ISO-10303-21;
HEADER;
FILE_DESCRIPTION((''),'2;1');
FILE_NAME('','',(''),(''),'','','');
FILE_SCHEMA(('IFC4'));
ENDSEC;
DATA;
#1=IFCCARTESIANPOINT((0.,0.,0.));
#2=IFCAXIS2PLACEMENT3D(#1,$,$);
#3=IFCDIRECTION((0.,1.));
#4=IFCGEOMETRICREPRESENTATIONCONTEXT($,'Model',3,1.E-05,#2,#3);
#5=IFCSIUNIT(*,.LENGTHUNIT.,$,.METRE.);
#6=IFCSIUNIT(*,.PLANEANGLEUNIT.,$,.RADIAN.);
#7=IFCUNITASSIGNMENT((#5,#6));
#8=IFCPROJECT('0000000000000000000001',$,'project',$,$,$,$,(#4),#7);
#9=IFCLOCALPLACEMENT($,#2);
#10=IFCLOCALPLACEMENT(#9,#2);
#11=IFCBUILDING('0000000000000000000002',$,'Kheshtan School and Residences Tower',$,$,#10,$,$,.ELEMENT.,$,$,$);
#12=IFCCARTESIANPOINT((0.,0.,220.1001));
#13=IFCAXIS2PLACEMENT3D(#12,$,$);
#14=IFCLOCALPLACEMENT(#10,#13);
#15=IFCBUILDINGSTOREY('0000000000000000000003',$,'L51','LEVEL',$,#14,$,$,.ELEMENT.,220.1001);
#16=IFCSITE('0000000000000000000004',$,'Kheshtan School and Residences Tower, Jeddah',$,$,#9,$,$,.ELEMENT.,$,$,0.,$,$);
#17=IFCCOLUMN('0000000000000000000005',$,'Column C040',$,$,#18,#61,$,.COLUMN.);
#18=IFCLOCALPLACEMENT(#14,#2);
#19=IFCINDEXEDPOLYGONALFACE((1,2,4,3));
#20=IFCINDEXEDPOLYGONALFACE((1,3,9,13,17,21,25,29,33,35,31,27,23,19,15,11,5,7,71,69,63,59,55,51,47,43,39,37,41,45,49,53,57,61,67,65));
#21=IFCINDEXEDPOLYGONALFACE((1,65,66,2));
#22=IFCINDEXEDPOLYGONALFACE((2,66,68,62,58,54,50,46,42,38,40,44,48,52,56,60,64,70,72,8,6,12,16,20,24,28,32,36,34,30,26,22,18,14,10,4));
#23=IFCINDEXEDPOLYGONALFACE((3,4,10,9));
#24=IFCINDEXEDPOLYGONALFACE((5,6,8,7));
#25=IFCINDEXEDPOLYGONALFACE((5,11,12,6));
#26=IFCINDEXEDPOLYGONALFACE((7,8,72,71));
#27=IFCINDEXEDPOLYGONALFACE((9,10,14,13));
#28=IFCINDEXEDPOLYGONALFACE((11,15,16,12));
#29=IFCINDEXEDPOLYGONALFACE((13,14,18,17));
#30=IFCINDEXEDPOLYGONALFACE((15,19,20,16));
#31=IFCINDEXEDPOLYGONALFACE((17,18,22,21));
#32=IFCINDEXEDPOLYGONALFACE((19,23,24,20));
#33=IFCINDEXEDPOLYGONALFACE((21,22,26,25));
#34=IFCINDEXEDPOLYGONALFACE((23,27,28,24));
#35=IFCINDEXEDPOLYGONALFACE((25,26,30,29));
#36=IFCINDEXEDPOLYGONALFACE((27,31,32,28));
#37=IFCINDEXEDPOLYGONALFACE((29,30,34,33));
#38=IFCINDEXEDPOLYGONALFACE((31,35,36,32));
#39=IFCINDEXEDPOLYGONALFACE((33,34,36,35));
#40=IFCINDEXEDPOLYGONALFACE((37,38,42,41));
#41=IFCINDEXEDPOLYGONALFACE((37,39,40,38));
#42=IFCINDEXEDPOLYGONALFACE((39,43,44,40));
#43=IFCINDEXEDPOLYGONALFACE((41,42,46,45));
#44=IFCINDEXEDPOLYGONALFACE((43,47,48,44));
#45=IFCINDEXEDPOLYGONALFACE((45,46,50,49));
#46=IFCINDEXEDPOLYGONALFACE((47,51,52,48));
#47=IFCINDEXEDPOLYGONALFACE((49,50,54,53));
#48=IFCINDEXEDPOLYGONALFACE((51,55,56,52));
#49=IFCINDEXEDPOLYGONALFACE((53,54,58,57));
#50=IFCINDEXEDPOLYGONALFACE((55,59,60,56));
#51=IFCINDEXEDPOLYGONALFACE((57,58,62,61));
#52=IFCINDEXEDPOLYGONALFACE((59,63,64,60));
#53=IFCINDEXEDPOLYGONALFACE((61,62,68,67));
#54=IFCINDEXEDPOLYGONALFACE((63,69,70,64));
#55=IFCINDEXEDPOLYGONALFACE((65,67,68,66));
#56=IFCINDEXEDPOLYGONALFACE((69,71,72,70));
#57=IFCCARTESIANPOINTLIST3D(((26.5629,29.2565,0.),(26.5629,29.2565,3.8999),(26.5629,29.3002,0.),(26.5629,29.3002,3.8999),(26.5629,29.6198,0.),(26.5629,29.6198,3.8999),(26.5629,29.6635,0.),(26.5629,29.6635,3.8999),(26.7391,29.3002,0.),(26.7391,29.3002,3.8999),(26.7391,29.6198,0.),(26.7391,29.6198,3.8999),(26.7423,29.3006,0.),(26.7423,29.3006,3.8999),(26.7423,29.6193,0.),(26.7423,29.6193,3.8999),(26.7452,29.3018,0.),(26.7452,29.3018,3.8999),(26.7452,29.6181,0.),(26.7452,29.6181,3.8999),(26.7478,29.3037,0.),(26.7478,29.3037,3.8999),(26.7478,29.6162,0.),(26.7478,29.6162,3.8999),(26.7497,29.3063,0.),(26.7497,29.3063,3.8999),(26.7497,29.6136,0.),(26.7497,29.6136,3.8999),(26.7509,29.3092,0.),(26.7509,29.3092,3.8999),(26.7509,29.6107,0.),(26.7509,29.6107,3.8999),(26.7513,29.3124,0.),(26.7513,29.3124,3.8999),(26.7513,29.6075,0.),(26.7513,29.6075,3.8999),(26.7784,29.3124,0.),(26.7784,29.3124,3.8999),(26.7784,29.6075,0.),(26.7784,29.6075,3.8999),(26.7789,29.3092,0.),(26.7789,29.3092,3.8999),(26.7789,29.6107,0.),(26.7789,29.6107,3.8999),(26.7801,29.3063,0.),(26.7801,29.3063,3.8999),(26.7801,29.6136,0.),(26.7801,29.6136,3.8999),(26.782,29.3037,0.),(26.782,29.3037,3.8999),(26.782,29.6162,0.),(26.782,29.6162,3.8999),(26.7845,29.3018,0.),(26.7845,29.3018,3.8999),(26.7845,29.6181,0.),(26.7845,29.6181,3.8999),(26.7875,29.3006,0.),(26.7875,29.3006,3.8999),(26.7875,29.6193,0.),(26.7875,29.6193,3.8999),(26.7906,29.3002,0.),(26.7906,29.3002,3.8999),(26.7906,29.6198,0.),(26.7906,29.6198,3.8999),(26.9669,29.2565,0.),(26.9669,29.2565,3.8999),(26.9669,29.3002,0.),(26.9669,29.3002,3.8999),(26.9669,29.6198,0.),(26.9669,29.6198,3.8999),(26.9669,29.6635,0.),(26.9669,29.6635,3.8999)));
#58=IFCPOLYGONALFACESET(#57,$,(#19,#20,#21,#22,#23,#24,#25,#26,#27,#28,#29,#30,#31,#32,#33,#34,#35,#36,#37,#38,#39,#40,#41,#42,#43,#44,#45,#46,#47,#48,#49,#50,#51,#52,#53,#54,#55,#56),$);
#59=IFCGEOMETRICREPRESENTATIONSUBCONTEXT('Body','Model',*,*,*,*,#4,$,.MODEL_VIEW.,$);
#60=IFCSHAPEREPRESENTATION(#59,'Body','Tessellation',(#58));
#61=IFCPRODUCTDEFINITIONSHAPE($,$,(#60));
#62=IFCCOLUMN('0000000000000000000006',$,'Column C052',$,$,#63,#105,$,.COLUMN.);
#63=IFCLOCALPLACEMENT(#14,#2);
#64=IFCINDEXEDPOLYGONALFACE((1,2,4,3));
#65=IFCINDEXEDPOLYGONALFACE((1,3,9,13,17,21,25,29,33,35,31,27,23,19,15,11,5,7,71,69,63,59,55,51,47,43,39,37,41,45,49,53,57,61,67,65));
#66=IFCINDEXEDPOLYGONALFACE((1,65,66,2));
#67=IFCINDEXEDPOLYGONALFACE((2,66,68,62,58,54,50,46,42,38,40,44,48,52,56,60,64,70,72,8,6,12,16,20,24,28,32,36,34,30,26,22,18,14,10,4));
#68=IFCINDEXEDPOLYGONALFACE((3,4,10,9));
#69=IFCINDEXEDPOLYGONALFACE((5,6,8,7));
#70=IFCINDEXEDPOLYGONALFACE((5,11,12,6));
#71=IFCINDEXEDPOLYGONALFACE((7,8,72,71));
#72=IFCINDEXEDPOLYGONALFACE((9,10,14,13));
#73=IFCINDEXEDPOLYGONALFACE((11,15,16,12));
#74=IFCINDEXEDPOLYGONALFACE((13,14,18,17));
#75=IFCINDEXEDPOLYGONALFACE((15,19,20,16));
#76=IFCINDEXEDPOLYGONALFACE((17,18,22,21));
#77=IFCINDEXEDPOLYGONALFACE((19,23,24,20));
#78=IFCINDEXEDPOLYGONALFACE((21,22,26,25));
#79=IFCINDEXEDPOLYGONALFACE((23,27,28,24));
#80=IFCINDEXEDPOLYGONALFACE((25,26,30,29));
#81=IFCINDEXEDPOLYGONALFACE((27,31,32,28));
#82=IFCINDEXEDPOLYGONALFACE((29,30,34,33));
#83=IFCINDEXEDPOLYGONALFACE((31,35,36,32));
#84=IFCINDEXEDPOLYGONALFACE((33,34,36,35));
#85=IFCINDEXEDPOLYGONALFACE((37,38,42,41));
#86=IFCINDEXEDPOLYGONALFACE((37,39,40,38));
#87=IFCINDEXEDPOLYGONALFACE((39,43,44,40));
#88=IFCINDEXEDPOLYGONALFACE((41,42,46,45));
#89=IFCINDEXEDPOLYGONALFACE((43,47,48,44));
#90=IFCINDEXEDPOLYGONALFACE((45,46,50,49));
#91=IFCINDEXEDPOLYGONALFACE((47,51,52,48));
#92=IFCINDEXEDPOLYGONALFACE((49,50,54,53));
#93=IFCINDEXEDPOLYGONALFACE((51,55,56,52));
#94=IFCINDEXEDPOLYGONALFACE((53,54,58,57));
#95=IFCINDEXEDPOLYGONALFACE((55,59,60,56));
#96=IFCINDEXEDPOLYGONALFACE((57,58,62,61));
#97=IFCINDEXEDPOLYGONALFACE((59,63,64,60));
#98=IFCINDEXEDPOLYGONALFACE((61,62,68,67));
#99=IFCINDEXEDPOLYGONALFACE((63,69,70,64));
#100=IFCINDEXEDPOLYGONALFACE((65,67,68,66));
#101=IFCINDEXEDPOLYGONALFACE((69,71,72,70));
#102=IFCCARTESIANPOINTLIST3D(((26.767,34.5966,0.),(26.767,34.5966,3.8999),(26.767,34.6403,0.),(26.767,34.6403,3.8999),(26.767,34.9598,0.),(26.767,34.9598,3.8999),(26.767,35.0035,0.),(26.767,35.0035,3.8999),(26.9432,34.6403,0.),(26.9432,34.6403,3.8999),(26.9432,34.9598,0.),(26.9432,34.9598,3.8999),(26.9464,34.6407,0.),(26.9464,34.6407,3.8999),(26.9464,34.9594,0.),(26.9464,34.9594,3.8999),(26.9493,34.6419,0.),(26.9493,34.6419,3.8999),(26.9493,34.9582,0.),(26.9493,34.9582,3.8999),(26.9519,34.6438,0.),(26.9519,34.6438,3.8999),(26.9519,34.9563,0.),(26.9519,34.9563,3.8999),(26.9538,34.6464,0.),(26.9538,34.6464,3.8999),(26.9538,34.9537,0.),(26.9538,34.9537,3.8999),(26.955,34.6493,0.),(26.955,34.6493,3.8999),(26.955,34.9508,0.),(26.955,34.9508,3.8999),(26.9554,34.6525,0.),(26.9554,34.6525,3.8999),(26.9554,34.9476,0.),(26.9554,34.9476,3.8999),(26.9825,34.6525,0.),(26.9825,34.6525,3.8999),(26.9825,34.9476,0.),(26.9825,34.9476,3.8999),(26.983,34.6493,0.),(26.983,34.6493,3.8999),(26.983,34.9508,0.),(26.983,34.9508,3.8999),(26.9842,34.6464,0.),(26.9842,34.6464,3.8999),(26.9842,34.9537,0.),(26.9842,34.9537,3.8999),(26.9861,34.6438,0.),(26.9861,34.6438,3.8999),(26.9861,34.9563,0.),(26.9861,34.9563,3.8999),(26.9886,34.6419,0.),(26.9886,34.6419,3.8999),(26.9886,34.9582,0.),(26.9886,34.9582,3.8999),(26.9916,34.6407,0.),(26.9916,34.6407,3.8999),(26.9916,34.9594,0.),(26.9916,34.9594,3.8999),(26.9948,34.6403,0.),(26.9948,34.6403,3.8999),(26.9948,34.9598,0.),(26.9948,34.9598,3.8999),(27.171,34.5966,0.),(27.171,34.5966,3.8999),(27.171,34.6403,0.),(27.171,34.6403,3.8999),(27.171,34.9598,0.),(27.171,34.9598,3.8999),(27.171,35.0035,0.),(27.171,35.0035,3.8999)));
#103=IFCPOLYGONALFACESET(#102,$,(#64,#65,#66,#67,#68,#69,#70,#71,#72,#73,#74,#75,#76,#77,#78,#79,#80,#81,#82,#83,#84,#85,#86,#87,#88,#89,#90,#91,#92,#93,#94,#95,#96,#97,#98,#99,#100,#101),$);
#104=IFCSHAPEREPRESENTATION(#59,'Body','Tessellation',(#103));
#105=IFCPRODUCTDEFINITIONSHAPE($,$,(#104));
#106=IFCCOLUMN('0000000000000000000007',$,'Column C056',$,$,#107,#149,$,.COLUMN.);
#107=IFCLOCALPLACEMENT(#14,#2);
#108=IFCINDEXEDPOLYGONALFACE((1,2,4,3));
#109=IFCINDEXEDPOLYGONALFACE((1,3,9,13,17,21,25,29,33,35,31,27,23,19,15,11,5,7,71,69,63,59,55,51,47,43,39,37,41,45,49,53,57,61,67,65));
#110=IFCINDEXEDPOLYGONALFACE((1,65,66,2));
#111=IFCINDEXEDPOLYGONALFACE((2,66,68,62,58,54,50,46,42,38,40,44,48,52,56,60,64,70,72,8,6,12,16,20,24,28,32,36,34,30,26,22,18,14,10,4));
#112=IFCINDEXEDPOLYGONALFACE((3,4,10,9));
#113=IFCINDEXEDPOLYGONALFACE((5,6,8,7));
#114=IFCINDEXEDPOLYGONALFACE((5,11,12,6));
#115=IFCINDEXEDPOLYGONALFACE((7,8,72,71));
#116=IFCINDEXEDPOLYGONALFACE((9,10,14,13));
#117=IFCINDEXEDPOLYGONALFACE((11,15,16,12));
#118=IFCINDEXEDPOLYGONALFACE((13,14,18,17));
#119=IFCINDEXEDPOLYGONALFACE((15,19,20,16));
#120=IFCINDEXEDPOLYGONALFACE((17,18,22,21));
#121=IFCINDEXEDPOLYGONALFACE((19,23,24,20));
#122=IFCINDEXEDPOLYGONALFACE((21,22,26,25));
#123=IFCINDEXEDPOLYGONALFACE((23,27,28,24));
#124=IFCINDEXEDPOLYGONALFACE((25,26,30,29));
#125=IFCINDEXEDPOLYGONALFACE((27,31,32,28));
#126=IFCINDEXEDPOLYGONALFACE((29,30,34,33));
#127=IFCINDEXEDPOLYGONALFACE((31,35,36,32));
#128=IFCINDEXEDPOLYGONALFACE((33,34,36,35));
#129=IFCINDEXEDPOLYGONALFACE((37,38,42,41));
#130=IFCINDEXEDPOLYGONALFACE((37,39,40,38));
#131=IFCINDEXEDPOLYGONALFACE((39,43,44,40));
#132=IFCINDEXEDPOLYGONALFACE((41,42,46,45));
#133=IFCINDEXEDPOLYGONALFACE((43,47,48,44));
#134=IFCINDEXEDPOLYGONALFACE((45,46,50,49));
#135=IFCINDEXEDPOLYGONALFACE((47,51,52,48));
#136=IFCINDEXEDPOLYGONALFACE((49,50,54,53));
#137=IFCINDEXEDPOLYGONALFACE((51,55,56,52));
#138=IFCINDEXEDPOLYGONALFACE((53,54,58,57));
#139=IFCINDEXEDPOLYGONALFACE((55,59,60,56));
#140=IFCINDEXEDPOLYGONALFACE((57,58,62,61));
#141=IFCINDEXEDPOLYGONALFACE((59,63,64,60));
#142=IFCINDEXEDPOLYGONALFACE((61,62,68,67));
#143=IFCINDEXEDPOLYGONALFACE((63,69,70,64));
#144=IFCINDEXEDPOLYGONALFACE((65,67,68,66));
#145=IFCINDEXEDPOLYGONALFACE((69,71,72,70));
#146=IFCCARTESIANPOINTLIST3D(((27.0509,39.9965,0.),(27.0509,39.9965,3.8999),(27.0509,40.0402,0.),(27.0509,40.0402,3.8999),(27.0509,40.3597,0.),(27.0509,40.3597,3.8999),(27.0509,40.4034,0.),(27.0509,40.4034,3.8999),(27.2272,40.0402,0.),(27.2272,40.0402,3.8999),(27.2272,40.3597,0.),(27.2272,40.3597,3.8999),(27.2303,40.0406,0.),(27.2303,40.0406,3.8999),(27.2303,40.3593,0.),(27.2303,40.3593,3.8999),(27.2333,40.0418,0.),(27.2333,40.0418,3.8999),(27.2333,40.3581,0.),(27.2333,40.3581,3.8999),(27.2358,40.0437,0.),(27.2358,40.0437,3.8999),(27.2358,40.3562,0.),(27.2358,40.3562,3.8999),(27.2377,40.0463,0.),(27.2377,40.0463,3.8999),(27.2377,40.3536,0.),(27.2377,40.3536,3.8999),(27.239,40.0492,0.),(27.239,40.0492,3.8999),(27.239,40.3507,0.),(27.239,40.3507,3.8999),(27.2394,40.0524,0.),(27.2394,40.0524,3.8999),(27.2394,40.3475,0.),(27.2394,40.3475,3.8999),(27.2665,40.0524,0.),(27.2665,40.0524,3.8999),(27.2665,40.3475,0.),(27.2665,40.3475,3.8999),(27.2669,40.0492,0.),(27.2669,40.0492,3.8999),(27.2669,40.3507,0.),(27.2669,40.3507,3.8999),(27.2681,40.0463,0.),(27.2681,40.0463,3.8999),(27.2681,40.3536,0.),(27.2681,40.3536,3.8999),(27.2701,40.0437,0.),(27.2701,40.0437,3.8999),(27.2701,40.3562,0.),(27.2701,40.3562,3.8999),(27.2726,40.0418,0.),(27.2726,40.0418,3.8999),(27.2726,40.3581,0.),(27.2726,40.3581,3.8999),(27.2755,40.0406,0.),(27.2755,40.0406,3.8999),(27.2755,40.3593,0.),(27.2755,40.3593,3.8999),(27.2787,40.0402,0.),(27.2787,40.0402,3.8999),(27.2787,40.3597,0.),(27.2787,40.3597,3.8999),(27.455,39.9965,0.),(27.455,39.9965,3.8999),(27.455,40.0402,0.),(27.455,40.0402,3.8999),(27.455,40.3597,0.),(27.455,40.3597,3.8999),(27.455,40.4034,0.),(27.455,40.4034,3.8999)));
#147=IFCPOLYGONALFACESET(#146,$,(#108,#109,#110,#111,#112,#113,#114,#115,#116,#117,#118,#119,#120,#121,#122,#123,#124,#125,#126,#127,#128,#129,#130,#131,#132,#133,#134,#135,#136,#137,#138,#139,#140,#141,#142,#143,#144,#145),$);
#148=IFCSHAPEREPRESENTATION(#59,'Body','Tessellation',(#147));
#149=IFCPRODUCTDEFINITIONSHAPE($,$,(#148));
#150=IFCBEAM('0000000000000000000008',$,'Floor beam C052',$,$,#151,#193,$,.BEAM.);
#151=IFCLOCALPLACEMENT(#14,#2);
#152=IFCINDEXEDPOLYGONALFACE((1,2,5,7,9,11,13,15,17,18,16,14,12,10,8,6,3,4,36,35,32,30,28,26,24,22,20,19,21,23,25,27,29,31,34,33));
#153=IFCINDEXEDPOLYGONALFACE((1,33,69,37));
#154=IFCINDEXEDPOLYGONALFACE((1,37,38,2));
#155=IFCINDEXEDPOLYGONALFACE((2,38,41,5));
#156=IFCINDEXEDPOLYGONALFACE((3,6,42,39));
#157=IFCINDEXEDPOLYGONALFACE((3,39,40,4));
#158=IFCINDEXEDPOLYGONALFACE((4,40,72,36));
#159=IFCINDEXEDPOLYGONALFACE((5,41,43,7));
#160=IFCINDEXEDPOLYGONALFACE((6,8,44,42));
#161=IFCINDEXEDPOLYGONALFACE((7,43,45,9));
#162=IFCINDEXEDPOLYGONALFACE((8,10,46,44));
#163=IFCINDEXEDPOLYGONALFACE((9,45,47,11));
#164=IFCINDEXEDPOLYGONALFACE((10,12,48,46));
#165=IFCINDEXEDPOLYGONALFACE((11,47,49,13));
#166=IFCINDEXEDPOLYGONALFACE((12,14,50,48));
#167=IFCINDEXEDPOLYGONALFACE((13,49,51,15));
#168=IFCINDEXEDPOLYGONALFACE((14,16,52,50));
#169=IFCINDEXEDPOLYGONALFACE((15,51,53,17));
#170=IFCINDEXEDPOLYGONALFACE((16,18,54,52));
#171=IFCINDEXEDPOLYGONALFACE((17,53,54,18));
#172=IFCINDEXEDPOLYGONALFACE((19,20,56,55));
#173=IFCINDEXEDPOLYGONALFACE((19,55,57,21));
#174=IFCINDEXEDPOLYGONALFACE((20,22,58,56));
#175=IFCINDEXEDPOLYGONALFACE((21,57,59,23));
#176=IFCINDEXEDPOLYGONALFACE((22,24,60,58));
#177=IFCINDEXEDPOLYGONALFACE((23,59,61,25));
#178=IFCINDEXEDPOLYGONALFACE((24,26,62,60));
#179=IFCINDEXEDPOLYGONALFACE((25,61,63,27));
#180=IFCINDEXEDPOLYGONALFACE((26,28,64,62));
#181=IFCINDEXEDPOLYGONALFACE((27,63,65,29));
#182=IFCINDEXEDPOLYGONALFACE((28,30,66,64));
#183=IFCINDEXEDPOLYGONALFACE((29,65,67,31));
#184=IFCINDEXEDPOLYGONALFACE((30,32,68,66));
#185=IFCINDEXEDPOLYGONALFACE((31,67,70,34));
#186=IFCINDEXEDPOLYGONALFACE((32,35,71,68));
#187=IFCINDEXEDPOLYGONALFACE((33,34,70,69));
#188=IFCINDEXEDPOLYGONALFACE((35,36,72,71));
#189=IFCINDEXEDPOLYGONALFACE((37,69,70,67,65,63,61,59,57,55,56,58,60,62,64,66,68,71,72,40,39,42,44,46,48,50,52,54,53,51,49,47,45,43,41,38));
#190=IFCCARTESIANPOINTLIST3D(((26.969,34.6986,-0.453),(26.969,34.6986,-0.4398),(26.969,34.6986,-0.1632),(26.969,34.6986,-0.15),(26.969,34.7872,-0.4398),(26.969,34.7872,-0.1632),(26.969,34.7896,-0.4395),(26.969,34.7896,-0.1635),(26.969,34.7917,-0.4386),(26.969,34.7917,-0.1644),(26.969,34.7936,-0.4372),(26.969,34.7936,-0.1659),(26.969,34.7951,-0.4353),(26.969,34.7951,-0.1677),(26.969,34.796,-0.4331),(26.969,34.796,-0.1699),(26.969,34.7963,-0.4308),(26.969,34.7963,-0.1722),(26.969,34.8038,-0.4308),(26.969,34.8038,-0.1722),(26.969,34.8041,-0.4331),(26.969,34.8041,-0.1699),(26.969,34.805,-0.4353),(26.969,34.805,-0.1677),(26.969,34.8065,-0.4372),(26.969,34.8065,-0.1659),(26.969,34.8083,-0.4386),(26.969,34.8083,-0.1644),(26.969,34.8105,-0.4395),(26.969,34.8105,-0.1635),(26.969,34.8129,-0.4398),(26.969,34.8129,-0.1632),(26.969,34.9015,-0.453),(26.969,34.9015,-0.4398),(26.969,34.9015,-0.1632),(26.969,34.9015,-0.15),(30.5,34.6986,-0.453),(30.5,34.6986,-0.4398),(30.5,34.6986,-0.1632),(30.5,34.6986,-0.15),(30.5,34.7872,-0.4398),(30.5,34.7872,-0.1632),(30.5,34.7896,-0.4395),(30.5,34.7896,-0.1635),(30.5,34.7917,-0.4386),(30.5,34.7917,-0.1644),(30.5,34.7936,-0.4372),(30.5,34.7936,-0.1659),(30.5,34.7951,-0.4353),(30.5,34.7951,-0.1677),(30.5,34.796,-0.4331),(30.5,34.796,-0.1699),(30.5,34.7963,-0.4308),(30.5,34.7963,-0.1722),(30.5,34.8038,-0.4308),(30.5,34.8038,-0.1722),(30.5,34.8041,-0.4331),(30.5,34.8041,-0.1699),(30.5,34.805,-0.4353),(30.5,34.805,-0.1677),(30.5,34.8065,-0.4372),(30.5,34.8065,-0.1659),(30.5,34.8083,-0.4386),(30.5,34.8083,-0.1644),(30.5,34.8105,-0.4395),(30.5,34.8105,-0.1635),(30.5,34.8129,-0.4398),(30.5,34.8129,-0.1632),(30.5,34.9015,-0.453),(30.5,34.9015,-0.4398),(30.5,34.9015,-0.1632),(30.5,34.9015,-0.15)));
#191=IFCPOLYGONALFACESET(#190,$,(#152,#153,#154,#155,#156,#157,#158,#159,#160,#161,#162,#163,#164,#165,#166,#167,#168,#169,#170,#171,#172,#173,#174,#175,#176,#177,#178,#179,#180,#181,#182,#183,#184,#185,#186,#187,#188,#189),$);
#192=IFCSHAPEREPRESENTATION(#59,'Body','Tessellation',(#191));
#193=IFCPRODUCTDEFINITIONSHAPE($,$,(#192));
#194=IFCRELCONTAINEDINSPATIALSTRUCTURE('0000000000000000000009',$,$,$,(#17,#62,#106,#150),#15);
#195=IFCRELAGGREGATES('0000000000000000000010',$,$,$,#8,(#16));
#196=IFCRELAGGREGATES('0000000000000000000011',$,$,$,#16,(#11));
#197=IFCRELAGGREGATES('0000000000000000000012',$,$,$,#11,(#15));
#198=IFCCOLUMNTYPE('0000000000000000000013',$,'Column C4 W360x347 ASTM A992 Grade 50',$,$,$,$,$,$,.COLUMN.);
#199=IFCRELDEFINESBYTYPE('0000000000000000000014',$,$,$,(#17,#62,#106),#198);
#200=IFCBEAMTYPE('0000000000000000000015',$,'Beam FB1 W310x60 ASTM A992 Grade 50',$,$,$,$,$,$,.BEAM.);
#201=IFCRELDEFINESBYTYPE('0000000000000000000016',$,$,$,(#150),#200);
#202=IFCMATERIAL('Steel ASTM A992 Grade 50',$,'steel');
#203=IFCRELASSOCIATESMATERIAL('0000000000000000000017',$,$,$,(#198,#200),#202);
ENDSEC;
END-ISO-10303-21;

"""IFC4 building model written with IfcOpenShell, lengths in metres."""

from ifc_helpers import new_model, si_unit, direction, frame, origin, origin_2d, place, context, subcontext, project, spatial, i_section, extrude, material, material_profile, profile_set, type_object, element, save


model = new_model("IFC4")

# Units and contexts
model_context = context("Model", 3, precision=1e-05, world=origin(), true_north=direction((0.0, 1.0)))
body_context = subcontext(model_context, "Body", "Model", "MODEL_VIEW")
ifc_project = project(units=[si_unit("LENGTHUNIT", "METRE"), si_unit("PLANEANGLEUNIT", "RADIAN")], contexts=[model_context])

# Site, building, storey
site_placement = place(None, origin())
site = spatial("IfcSite", under=ifc_project, at=site_placement, Name="Kheshtan School and Residences Tower, Jeddah", CompositionType="ELEMENT", RefElevation=0.0)
building_placement = place(site_placement, origin())
building = spatial("IfcBuilding", under=site, at=building_placement, Name="Kheshtan School and Residences Tower", CompositionType="ELEMENT")
storey_placement = place(building_placement, frame((0.0, 0.0, 220.1001)))
storey = spatial("IfcBuildingStorey", under=building, at=storey_placement, Name="L51", Description="LEVEL", CompositionType="ELEMENT", Elevation=220.1001)

# Columns
ifc_material_1 = material(Name="Steel ASTM A992 Grade 50", Category="steel")
ifc_material_profile_1 = material_profile(ifc_material_1, i_section(OverallWidth=0.4041, OverallDepth=0.407, WebThickness=0.0271, FlangeThickness=0.0437, FilletRadius=0.0122, at=origin_2d()), Name="W360x347")
ifc_profile_set_1 = profile_set([ifc_material_profile_1], Name="Steel ASTM A992 Grade 50")
column_type = type_object("IfcColumnType", Name="Column C4 W360x347 ASTM A992 Grade 50", PredefinedType="COLUMN", material=ifc_profile_set_1)
for number, where, z_axis, x_axis, name in (
    (1, (26.7649, 29.46, 0.0), (0.0, 0.0, 1.0), (1.0, 0.0, 0.0), "Column C040"),
    (2, (26.969, 34.8, 0.0), (0.0, 0.0, 1.0), (1.0, 0.0, 0.0), "Column C052"),
    (3, (27.2529, 40.2, 0.0), (0.0, 0.0, 1.0), (1.0, 0.0, 0.0), "Column C056"),
):
    element("IfcColumn", number, at=place(storey_placement, frame(where, z_axis=z_axis, x_axis=x_axis)), inside=storey, type_object=column_type, Name=name, PredefinedType="COLUMN", context=body_context, shape_type="SweptSolid", body=[
        extrude(i_section(OverallWidth=0.4041, OverallDepth=0.407, WebThickness=0.0271, FlangeThickness=0.0437, FilletRadius=0.0122, at=origin_2d()), origin(), (0.0, 0.0, 1.0), 3.8999),
    ])

# Beam
ifc_material_profile_2 = material_profile(ifc_material_1, i_section(OverallWidth=0.2029, OverallDepth=0.303, WebThickness=0.0076, FlangeThickness=0.0132, FilletRadius=0.009, at=origin_2d()), Name="W310x60")
ifc_profile_set_2 = profile_set([ifc_material_profile_2], Name="Steel ASTM A992 Grade 50")
beam_type_1 = type_object("IfcBeamType", Name="Beam FB1 W310x60 ASTM A992 Grade 50", PredefinedType="BEAM", material=ifc_profile_set_2)
beam_1_placement = place(storey_placement, frame((26.969, 34.8, -0.3015), z_axis=(1.0, 0.0, 0.0), x_axis=(0.0, 1.0, 0.0)))
element("IfcBeam", 4, at=beam_1_placement, inside=storey, type_object=beam_type_1, Name="Floor beam C052", PredefinedType="BEAM", context=body_context, shape_type="SweptSolid", body=[
    extrude(i_section(OverallWidth=0.2029, OverallDepth=0.303, WebThickness=0.0076, FlangeThickness=0.0132, FilletRadius=0.009, at=origin_2d()), origin(), (0.0, 0.0, 1.0), 3.531),
])

save(model, "model.ifc")
